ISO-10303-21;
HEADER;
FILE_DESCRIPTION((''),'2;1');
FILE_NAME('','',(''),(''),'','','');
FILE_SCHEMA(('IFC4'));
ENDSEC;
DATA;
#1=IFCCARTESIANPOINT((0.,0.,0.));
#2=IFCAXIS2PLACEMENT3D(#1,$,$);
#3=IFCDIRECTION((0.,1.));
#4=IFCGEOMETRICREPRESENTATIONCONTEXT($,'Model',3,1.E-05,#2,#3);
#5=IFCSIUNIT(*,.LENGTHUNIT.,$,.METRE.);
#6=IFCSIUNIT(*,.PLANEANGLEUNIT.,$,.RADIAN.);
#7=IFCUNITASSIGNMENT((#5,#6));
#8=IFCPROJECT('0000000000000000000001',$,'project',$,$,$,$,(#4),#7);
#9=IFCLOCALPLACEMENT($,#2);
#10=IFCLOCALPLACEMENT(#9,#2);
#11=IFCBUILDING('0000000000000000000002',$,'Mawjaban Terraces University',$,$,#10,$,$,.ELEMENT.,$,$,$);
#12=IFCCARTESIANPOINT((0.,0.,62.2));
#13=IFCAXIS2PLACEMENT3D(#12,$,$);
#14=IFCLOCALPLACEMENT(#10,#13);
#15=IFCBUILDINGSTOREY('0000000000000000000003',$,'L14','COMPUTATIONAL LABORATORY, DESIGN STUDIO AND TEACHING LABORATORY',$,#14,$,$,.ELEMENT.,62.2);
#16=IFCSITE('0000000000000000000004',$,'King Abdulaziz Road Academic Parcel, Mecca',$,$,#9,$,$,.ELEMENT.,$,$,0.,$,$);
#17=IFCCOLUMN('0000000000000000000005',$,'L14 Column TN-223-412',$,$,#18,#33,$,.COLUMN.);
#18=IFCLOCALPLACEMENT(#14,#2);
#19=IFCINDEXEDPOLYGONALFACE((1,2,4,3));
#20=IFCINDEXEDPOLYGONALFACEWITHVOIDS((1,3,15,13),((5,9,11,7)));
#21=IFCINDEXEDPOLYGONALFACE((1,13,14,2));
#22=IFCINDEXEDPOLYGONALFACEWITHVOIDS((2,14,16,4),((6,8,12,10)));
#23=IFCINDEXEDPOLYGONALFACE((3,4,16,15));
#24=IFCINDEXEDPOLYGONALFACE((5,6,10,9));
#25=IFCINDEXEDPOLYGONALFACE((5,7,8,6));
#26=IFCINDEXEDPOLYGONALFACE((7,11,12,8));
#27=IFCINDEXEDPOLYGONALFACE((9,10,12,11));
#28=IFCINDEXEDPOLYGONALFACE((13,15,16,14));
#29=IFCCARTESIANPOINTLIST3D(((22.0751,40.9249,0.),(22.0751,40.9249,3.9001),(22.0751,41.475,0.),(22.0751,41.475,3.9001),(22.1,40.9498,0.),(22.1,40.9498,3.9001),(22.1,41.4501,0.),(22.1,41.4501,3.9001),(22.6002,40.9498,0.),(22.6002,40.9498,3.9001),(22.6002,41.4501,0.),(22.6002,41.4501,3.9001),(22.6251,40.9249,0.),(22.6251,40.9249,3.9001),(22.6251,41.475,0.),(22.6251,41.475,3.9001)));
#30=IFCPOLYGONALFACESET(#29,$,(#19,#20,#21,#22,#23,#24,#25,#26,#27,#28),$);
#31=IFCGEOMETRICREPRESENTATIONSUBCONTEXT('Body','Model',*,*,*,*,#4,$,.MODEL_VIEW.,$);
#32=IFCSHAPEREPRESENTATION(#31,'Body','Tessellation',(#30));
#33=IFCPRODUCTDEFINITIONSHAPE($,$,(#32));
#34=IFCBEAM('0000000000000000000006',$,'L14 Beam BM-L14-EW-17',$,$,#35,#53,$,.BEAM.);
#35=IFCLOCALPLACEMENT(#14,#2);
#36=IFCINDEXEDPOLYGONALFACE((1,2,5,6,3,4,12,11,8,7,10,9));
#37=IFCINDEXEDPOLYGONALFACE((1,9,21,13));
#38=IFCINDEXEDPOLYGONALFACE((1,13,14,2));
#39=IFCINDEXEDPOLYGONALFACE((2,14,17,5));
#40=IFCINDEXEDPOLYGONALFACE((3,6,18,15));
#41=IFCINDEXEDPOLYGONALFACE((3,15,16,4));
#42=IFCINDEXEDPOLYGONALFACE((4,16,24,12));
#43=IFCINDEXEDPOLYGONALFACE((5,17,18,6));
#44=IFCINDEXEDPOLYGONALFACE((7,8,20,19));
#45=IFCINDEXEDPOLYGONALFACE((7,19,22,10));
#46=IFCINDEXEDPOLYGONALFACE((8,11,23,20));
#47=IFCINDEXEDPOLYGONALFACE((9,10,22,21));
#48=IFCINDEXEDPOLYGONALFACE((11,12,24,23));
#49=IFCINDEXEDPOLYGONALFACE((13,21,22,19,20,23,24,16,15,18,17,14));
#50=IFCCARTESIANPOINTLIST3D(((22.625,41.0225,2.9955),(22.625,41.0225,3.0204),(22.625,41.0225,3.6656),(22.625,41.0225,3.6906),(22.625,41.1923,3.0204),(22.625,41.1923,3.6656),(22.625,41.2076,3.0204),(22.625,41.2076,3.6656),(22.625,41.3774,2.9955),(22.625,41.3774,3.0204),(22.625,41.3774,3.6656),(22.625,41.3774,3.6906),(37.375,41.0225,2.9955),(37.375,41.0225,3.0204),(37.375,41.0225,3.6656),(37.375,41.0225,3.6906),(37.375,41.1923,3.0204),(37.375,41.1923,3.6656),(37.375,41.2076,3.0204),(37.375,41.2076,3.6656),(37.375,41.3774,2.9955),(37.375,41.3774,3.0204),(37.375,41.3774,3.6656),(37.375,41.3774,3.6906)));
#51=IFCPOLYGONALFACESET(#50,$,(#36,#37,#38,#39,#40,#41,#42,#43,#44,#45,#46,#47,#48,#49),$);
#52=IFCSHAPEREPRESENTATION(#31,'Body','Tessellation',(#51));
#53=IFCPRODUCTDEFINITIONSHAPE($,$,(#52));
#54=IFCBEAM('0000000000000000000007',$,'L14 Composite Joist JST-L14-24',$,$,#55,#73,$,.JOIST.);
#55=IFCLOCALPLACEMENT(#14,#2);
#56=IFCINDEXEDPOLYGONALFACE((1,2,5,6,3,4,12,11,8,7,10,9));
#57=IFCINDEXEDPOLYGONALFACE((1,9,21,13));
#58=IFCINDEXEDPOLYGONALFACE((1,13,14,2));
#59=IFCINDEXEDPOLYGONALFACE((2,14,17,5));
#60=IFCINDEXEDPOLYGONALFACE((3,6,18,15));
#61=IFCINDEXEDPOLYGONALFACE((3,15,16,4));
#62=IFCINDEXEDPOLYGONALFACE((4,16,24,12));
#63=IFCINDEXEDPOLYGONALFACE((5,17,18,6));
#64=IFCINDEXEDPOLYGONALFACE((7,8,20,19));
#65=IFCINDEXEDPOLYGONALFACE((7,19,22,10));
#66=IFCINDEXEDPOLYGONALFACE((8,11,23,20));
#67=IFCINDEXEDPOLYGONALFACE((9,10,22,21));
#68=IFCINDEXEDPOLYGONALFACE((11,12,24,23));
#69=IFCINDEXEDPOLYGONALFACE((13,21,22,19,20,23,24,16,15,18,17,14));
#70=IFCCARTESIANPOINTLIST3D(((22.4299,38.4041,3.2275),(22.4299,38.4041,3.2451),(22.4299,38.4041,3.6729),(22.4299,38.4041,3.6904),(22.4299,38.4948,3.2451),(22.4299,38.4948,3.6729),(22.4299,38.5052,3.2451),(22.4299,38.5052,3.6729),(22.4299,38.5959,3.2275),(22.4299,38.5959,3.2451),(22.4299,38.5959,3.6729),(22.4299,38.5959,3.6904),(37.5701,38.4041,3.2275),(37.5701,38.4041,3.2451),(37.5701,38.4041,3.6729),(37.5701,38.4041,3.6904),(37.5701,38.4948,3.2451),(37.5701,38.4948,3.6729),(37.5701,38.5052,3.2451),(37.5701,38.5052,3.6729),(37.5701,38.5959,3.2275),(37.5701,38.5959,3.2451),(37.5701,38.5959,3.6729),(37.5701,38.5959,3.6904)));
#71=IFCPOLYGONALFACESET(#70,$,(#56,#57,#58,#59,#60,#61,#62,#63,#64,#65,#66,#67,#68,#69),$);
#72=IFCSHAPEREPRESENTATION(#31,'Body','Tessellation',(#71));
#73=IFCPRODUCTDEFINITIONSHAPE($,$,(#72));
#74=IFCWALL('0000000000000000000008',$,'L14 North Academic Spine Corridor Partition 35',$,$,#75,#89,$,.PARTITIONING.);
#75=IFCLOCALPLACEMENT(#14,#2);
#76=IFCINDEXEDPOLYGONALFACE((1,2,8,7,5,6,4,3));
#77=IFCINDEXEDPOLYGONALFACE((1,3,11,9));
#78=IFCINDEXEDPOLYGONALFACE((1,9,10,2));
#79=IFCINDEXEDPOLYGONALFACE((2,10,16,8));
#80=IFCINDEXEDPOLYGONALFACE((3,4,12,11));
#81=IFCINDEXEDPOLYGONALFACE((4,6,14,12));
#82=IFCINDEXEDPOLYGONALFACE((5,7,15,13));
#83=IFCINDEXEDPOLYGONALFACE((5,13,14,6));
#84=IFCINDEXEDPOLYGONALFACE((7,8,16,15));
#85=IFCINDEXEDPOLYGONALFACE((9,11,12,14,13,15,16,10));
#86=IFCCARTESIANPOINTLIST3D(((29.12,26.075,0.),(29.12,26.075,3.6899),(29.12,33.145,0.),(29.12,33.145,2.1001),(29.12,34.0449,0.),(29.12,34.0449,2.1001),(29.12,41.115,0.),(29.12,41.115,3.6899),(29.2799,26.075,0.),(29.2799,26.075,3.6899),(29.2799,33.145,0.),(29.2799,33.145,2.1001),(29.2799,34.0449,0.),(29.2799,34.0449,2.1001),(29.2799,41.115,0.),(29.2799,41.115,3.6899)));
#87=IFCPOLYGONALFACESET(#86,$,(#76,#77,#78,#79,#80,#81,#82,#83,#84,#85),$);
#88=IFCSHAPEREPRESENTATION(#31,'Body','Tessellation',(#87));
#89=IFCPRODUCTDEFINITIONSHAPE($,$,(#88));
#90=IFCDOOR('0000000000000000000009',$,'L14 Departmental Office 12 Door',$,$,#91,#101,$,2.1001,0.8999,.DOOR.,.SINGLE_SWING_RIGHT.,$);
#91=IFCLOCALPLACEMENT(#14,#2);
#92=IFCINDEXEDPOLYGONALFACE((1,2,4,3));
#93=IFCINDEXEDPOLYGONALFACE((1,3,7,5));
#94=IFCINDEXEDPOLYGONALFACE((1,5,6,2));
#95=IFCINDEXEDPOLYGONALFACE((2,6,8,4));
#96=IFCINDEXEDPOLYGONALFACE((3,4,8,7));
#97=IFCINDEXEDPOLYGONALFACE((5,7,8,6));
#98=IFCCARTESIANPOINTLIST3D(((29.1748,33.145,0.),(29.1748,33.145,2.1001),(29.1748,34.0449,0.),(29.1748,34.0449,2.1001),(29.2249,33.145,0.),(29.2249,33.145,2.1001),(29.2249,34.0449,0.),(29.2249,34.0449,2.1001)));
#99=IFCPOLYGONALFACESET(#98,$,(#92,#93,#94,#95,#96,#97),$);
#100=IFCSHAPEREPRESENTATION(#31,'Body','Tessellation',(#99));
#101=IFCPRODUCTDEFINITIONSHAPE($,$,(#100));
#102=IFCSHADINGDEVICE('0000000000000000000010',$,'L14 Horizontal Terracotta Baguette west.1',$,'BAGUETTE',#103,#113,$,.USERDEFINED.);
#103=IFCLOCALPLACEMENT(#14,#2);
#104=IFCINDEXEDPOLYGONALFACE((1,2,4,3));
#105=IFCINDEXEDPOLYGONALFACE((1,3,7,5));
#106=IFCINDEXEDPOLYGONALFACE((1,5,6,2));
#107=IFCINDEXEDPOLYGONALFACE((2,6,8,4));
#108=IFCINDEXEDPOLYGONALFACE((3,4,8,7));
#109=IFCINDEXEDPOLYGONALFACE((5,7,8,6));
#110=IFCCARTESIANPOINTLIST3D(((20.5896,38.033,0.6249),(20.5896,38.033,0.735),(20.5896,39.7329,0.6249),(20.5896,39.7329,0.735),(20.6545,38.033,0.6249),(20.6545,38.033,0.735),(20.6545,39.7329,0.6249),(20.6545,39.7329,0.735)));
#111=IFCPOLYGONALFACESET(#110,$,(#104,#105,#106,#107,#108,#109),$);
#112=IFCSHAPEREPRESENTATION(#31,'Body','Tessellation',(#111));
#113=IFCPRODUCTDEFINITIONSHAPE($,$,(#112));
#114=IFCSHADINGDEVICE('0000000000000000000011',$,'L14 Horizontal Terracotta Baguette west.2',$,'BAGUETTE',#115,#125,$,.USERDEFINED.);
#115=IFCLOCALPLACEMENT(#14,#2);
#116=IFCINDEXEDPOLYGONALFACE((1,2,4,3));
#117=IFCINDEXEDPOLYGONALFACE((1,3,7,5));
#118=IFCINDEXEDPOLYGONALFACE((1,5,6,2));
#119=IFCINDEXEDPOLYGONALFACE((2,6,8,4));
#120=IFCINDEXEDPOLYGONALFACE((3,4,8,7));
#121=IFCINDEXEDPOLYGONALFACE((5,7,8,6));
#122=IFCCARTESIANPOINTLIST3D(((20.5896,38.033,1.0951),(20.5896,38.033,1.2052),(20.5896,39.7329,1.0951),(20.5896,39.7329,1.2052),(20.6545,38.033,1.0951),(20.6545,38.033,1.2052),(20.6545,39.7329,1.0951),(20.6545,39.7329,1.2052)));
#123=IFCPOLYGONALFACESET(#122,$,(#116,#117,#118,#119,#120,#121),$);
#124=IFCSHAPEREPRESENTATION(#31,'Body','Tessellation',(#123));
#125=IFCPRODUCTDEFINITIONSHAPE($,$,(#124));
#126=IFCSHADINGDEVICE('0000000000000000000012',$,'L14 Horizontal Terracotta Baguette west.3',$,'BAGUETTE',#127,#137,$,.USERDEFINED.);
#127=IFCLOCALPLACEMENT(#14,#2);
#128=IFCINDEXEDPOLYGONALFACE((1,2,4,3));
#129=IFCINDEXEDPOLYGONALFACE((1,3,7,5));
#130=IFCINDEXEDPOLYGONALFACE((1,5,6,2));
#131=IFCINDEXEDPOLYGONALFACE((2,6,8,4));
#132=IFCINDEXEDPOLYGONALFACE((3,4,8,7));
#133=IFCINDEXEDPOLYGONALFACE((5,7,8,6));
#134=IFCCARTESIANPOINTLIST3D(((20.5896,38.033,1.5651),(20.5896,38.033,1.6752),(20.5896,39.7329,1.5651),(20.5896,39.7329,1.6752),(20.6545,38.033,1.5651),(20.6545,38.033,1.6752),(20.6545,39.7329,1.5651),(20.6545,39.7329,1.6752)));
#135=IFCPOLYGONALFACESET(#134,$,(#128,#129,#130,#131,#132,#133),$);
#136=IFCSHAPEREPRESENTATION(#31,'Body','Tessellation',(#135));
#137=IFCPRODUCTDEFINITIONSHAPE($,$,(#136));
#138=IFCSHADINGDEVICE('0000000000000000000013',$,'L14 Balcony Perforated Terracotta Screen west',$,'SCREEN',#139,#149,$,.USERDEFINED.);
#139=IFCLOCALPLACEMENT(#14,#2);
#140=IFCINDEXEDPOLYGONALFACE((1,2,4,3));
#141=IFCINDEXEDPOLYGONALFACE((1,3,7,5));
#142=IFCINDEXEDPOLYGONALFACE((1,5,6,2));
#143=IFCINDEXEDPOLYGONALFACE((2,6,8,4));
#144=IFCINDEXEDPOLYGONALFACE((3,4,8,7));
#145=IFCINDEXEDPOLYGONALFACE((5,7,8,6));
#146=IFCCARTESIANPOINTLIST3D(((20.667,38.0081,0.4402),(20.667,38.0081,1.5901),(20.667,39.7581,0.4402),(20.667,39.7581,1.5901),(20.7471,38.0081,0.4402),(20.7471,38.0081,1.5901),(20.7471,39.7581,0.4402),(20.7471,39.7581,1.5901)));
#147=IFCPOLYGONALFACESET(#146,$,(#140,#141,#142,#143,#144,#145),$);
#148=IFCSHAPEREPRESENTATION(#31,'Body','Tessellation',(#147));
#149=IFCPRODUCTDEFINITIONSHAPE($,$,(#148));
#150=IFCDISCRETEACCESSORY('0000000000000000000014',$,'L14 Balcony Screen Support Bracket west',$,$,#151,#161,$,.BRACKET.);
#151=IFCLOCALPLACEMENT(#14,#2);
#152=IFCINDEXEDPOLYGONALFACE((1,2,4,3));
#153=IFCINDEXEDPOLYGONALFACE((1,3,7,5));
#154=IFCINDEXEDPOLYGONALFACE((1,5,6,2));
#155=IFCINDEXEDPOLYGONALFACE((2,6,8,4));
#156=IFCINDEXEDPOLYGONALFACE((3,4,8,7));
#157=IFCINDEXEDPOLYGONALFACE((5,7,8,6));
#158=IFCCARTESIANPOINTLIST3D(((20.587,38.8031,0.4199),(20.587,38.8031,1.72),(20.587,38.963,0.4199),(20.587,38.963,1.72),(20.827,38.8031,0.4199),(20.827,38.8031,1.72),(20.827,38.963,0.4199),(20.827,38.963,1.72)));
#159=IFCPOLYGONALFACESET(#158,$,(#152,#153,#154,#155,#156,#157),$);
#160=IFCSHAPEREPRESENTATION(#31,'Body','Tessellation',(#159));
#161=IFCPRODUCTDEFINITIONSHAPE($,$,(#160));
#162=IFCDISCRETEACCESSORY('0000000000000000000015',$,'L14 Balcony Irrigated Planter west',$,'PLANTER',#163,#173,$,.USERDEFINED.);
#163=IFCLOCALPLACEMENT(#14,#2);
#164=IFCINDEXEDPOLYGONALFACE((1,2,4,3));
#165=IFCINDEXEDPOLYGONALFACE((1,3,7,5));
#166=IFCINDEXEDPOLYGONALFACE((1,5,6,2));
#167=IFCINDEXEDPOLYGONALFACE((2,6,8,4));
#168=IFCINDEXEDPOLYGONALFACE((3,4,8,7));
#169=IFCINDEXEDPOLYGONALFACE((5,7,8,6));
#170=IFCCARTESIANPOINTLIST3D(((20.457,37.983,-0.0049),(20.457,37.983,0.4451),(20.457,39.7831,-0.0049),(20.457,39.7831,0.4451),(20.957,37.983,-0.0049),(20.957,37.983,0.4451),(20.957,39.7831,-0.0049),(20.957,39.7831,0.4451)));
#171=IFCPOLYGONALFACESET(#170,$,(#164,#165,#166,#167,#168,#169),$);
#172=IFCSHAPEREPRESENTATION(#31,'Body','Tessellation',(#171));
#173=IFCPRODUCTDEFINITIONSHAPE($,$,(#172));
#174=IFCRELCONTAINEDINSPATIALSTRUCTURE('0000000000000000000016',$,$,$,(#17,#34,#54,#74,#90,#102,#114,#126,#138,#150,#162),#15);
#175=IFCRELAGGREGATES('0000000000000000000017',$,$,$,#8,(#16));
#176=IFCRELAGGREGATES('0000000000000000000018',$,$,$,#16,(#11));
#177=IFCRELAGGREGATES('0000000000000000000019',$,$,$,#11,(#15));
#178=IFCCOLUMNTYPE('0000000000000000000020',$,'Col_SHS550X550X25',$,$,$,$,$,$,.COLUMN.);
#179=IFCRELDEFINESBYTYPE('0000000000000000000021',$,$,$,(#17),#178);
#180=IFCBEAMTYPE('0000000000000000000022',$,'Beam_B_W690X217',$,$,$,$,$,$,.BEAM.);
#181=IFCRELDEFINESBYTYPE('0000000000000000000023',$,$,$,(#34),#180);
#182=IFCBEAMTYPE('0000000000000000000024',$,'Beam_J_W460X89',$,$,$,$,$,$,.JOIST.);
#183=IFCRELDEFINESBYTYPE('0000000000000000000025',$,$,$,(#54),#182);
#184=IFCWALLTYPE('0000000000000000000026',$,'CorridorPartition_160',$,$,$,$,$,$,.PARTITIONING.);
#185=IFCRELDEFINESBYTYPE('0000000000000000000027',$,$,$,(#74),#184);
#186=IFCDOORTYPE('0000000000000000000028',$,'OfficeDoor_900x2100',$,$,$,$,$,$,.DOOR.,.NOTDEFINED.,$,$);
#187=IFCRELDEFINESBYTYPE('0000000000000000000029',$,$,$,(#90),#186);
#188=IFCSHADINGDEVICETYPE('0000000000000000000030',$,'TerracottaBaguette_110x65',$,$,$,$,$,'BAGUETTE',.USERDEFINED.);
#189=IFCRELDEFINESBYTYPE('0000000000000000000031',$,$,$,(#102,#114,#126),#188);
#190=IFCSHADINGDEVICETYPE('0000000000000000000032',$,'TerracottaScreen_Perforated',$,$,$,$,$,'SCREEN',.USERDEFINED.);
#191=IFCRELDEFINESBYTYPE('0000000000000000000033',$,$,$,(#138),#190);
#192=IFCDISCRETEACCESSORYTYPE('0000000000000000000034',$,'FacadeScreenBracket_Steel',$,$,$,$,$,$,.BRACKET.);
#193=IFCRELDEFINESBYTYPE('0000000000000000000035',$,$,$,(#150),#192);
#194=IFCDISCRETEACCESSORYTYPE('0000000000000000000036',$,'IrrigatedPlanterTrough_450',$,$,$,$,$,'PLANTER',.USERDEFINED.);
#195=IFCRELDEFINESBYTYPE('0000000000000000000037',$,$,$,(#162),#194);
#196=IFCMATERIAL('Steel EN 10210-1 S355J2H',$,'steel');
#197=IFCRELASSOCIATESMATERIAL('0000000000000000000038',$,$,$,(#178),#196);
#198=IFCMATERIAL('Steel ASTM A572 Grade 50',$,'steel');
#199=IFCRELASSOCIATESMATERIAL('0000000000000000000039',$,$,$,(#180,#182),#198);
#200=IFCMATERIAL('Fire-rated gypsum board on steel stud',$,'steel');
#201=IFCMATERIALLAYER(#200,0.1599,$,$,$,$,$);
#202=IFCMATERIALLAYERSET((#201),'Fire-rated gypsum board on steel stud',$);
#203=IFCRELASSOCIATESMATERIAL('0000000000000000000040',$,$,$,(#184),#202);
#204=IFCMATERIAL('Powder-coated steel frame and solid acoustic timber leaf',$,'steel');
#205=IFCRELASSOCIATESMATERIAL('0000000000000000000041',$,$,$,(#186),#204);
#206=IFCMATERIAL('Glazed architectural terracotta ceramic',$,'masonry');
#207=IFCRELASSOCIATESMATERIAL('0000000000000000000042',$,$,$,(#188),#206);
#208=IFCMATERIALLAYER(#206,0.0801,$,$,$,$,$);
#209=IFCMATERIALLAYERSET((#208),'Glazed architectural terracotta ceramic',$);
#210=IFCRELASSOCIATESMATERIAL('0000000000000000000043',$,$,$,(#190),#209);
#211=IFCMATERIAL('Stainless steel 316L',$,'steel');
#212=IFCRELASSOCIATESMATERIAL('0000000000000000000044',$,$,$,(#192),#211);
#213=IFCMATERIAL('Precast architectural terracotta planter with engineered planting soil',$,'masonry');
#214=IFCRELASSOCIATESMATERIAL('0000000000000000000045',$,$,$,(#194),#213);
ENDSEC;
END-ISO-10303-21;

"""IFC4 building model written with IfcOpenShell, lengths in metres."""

from ifc_helpers import new_model, si_unit, direction, frame, frame_2d, origin, origin_2d, place, context, subcontext, project, spatial, rectangle, hollow_rectangle, i_section, extrude, material, layer, layer_set, material_profile, profile_set, type_object, element, fill, save


model = new_model("IFC4")

# Units and contexts
model_context = context("Model", 3, precision=1e-05, world=origin(), true_north=direction((0.0, 1.0)))
body_context = subcontext(model_context, "Body", "Model", "MODEL_VIEW")
ifc_project = project(units=[si_unit("LENGTHUNIT", "METRE"), si_unit("PLANEANGLEUNIT", "RADIAN")], contexts=[model_context])

# Site, building, storey
site_placement = place(None, origin())
site = spatial("IfcSite", under=ifc_project, at=site_placement, Name="King Abdulaziz Road Academic Parcel, Mecca", CompositionType="ELEMENT", RefElevation=0.0)
building_placement = place(site_placement, origin())
building = spatial("IfcBuilding", under=site, at=building_placement, Name="Mawjaban Terraces University", CompositionType="ELEMENT")
storey_placement = place(building_placement, frame((0.0, 0.0, 62.2)))
storey = spatial("IfcBuildingStorey", under=building, at=storey_placement, Name="L14", Description="COMPUTATIONAL LABORATORY, DESIGN STUDIO AND TEACHING LABORATORY", CompositionType="ELEMENT", Elevation=62.2)

# Column
ifc_material_1 = material(Name="Steel EN 10210-1 S355J2H", Category="steel")
ifc_material_profile_1 = material_profile(ifc_material_1, hollow_rectangle(XDim=0.55, YDim=0.55, WallThickness=0.0249, at=origin_2d()), Name="SHS550X550X25")
ifc_profile_set_1 = profile_set([ifc_material_profile_1], Name="Steel EN 10210-1 S355J2H")
column_type = type_object("IfcColumnType", Name="Col_SHS550X550X25", PredefinedType="COLUMN", material=ifc_profile_set_1)
column_placement = place(storey_placement, frame((22.3501, 41.2, 0.0), z_axis=(0.0, 0.0, 1.0), x_axis=(1.0, 0.0, 0.0)))
element("IfcColumn", 1, at=column_placement, inside=storey, type_object=column_type, Name="L14 Column TN-223-412", PredefinedType="COLUMN", context=body_context, shape_type="SweptSolid", body=[
    extrude(hollow_rectangle(XDim=0.55, YDim=0.55, WallThickness=0.0249, at=origin_2d()), origin(), (0.0, 0.0, 1.0), 3.9001),
])

# Beams
ifc_material_2 = material(Name="Steel ASTM A572 Grade 50", Category="steel")
ifc_material_profile_2 = material_profile(ifc_material_2, i_section(OverallWidth=0.355, OverallDepth=0.6951, WebThickness=0.0154, FlangeThickness=0.0249, at=origin_2d()), Name="W690X217")
ifc_profile_set_2 = profile_set([ifc_material_profile_2], Name="Steel ASTM A572 Grade 50")
beam_type_1 = type_object("IfcBeamType", Name="Beam_B_W690X217", PredefinedType="BEAM", material=ifc_profile_set_2)
beam_1_placement = place(storey_placement, frame((22.625, 41.2, 3.343), z_axis=(1.0, 0.0, 0.0), x_axis=(0.0, 1.0, 0.0)))
element("IfcBeam", 2, at=beam_1_placement, inside=storey, type_object=beam_type_1, Name="L14 Beam BM-L14-EW-17", PredefinedType="BEAM", context=body_context, shape_type="SweptSolid", body=[
    extrude(i_section(OverallWidth=0.355, OverallDepth=0.6951, WebThickness=0.0154, FlangeThickness=0.0249, at=origin_2d()), origin(), (0.0, 0.0, 1.0), 14.75),
])
ifc_material_profile_3 = material_profile(ifc_material_2, i_section(OverallWidth=0.1919, OverallDepth=0.4629, WebThickness=0.0105, FlangeThickness=0.0176, at=origin_2d()), Name="W460X89")
ifc_profile_set_3 = profile_set([ifc_material_profile_3], Name="Steel ASTM A572 Grade 50")
beam_type_2 = type_object("IfcBeamType", Name="Beam_J_W460X89", PredefinedType="JOIST", material=ifc_profile_set_3)
beam_2_placement = place(storey_placement, frame((22.4299, 38.5, 3.459), z_axis=(1.0, 0.0, 0.0), x_axis=(0.0, 1.0, 0.0)))
element("IfcBeam", 3, at=beam_2_placement, inside=storey, type_object=beam_type_2, Name="L14 Composite Joist JST-L14-24", PredefinedType="JOIST", context=body_context, shape_type="SweptSolid", body=[
    extrude(i_section(OverallWidth=0.1919, OverallDepth=0.4629, WebThickness=0.0105, FlangeThickness=0.0176, at=origin_2d()), origin(), (0.0, 0.0, 1.0), 15.1401),
])

# Wall, opening, door
ifc_material_3 = material(Name="Fire-rated gypsum board on steel stud", Category="steel")
ifc_layer_1 = layer(ifc_material_3, 0.1599)
ifc_layer_set_1 = layer_set([ifc_layer_1], Name="Fire-rated gypsum board on steel stud")
wall_type = type_object("IfcWallType", Name="CorridorPartition_160", PredefinedType="PARTITIONING", material=ifc_layer_set_1)
wall_placement = place(storey_placement, frame((29.2, 41.115, 0.0), z_axis=(0.0, 0.0, 1.0), x_axis=(0.0, -1.0, 0.0)))
wall = element("IfcWall", 4, at=wall_placement, inside=storey, type_object=wall_type, Name="L14 North Academic Spine Corridor Partition 35", PredefinedType="PARTITIONING", context=body_context, shape_type="SweptSolid", body=[
    extrude(rectangle(XDim=15.04, YDim=0.1599, at=frame_2d((7.52, 0.0))), origin(), (0.0, 0.0, 1.0), 3.6899),
])
opening_placement = place(wall_placement, frame((7.0701, 0.0, 0.0)))
opening = element("IfcOpeningElement", 5, at=opening_placement, cuts=wall, PredefinedType="OPENING", context=body_context, shape_type="SweptSolid", body=[
    extrude(rectangle(XDim=0.8999, YDim=2.1001, at=frame_2d((0.45, 1.05))), frame((0.0, 0.0898, 0.0), z_axis=(0.0, -1.0, 0.0), x_axis=(1.0, 0.0, 0.0)), (0.0, 0.0, 1.0), 0.1799),
])
ifc_material_4 = material(Name="Powder-coated steel frame and solid acoustic timber leaf", Category="steel")
door_type = type_object("IfcDoorType", Name="OfficeDoor_900x2100", OperationType="NOTDEFINED", PredefinedType="DOOR", material=ifc_material_4)
door_placement = place(opening_placement, origin())
door = element("IfcDoor", 6, at=door_placement, inside=storey, type_object=door_type, Name="L14 Departmental Office 12 Door", OperationType="SINGLE_SWING_RIGHT", OverallHeight=2.1001, OverallWidth=0.8999, PredefinedType="DOOR", context=body_context, shape_type="SweptSolid", body=[
    extrude(rectangle(XDim=0.8999, YDim=2.1001, at=frame_2d((0.45, 1.05))), frame((0.0, 0.0249, 0.0), z_axis=(0.0, -1.0, 0.0), x_axis=(1.0, 0.0, 0.0)), (0.0, 0.0, 1.0), 0.05),
])
fill(opening, door)

# Shading devices
ifc_material_5 = material(Name="Glazed architectural terracotta ceramic", Category="masonry")
ifc_material_profile_4 = material_profile(ifc_material_5, rectangle(XDim=0.0649, YDim=0.1101, at=origin_2d()), Name="TBAG110X65")
ifc_profile_set_4 = profile_set([ifc_material_profile_4], Name="Glazed architectural terracotta ceramic")
shading_device_type_1 = type_object("IfcShadingDeviceType", Name="TerracottaBaguette_110x65", ElementType="BAGUETTE", PredefinedType="USERDEFINED", material=ifc_profile_set_4)
for number, where, z_axis, x_axis, name in (
    (7, (20.6221, 38.033, 0.6799), (0.0, 1.0, 0.0), (-1.0, 0.0, 0.0), "L14 Horizontal Terracotta Baguette west.1"),
    (8, (20.6221, 38.033, 1.1501), (0.0, 1.0, 0.0), (-1.0, 0.0, 0.0), "L14 Horizontal Terracotta Baguette west.2"),
    (9, (20.6221, 38.033, 1.6201), (0.0, 1.0, 0.0), (-1.0, 0.0, 0.0), "L14 Horizontal Terracotta Baguette west.3"),
):
    element("IfcShadingDevice", number, at=place(storey_placement, frame(where, z_axis=z_axis, x_axis=x_axis)), inside=storey, type_object=shading_device_type_1, Name=name, ObjectType="BAGUETTE", PredefinedType="USERDEFINED", context=body_context, shape_type="SweptSolid", body=[
        extrude(rectangle(XDim=0.0649, YDim=0.1101, at=origin_2d()), origin(), (0.0, 0.0, 1.0), 1.7),
    ])
ifc_layer_2 = layer(ifc_material_5, 0.0801)
ifc_layer_set_2 = layer_set([ifc_layer_2], Name="Glazed architectural terracotta ceramic")
shading_device_type_2 = type_object("IfcShadingDeviceType", Name="TerracottaScreen_Perforated", ElementType="SCREEN", PredefinedType="USERDEFINED", material=ifc_layer_set_2)
shading_device_placement = place(storey_placement, frame((20.707, 38.8831, 0.4402), z_axis=(0.0, 0.0, 1.0), x_axis=(0.0, 1.0, 0.0)))
element("IfcShadingDevice", 10, at=shading_device_placement, inside=storey, type_object=shading_device_type_2, Name="L14 Balcony Perforated Terracotta Screen west", ObjectType="SCREEN", PredefinedType="USERDEFINED", context=body_context, shape_type="SweptSolid", body=[
    extrude(rectangle(XDim=1.75, YDim=0.0801, at=origin_2d()), origin(), (0.0, 0.0, 1.0), 1.1499),
])

# Discrete accessories
ifc_material_6 = material(Name="Stainless steel 316L", Category="steel")
discrete_accessory_type_1 = type_object("IfcDiscreteAccessoryType", Name="FacadeScreenBracket_Steel", PredefinedType="BRACKET", material=ifc_material_6)
discrete_accessory_1_placement = place(storey_placement, frame((20.707, 38.8831, 0.4199), z_axis=(0.0, 0.0, 1.0), x_axis=(0.0, 1.0, 0.0)))
element("IfcDiscreteAccessory", 11, at=discrete_accessory_1_placement, inside=storey, type_object=discrete_accessory_type_1, Name="L14 Balcony Screen Support Bracket west", PredefinedType="BRACKET", context=body_context, shape_type="SweptSolid", body=[
    extrude(rectangle(XDim=0.1599, YDim=0.24, at=origin_2d()), origin(), (0.0, 0.0, 1.0), 1.3),
])
ifc_material_7 = material(Name="Precast architectural terracotta planter with engineered planting soil", Category="masonry")
discrete_accessory_type_2 = type_object("IfcDiscreteAccessoryType", Name="IrrigatedPlanterTrough_450", ElementType="PLANTER", PredefinedType="USERDEFINED", material=ifc_material_7)
discrete_accessory_2_placement = place(storey_placement, frame((20.707, 38.8831, -0.0049), z_axis=(0.0, 0.0, 1.0), x_axis=(0.0, 1.0, 0.0)))
element("IfcDiscreteAccessory", 12, at=discrete_accessory_2_placement, inside=storey, type_object=discrete_accessory_type_2, Name="L14 Balcony Irrigated Planter west", ObjectType="PLANTER", PredefinedType="USERDEFINED", context=body_context, shape_type="SweptSolid", body=[
    extrude(rectangle(XDim=1.8, YDim=0.5, at=origin_2d()), origin(), (0.0, 0.0, 1.0), 0.45),
])

save(model, "model.ifc")
